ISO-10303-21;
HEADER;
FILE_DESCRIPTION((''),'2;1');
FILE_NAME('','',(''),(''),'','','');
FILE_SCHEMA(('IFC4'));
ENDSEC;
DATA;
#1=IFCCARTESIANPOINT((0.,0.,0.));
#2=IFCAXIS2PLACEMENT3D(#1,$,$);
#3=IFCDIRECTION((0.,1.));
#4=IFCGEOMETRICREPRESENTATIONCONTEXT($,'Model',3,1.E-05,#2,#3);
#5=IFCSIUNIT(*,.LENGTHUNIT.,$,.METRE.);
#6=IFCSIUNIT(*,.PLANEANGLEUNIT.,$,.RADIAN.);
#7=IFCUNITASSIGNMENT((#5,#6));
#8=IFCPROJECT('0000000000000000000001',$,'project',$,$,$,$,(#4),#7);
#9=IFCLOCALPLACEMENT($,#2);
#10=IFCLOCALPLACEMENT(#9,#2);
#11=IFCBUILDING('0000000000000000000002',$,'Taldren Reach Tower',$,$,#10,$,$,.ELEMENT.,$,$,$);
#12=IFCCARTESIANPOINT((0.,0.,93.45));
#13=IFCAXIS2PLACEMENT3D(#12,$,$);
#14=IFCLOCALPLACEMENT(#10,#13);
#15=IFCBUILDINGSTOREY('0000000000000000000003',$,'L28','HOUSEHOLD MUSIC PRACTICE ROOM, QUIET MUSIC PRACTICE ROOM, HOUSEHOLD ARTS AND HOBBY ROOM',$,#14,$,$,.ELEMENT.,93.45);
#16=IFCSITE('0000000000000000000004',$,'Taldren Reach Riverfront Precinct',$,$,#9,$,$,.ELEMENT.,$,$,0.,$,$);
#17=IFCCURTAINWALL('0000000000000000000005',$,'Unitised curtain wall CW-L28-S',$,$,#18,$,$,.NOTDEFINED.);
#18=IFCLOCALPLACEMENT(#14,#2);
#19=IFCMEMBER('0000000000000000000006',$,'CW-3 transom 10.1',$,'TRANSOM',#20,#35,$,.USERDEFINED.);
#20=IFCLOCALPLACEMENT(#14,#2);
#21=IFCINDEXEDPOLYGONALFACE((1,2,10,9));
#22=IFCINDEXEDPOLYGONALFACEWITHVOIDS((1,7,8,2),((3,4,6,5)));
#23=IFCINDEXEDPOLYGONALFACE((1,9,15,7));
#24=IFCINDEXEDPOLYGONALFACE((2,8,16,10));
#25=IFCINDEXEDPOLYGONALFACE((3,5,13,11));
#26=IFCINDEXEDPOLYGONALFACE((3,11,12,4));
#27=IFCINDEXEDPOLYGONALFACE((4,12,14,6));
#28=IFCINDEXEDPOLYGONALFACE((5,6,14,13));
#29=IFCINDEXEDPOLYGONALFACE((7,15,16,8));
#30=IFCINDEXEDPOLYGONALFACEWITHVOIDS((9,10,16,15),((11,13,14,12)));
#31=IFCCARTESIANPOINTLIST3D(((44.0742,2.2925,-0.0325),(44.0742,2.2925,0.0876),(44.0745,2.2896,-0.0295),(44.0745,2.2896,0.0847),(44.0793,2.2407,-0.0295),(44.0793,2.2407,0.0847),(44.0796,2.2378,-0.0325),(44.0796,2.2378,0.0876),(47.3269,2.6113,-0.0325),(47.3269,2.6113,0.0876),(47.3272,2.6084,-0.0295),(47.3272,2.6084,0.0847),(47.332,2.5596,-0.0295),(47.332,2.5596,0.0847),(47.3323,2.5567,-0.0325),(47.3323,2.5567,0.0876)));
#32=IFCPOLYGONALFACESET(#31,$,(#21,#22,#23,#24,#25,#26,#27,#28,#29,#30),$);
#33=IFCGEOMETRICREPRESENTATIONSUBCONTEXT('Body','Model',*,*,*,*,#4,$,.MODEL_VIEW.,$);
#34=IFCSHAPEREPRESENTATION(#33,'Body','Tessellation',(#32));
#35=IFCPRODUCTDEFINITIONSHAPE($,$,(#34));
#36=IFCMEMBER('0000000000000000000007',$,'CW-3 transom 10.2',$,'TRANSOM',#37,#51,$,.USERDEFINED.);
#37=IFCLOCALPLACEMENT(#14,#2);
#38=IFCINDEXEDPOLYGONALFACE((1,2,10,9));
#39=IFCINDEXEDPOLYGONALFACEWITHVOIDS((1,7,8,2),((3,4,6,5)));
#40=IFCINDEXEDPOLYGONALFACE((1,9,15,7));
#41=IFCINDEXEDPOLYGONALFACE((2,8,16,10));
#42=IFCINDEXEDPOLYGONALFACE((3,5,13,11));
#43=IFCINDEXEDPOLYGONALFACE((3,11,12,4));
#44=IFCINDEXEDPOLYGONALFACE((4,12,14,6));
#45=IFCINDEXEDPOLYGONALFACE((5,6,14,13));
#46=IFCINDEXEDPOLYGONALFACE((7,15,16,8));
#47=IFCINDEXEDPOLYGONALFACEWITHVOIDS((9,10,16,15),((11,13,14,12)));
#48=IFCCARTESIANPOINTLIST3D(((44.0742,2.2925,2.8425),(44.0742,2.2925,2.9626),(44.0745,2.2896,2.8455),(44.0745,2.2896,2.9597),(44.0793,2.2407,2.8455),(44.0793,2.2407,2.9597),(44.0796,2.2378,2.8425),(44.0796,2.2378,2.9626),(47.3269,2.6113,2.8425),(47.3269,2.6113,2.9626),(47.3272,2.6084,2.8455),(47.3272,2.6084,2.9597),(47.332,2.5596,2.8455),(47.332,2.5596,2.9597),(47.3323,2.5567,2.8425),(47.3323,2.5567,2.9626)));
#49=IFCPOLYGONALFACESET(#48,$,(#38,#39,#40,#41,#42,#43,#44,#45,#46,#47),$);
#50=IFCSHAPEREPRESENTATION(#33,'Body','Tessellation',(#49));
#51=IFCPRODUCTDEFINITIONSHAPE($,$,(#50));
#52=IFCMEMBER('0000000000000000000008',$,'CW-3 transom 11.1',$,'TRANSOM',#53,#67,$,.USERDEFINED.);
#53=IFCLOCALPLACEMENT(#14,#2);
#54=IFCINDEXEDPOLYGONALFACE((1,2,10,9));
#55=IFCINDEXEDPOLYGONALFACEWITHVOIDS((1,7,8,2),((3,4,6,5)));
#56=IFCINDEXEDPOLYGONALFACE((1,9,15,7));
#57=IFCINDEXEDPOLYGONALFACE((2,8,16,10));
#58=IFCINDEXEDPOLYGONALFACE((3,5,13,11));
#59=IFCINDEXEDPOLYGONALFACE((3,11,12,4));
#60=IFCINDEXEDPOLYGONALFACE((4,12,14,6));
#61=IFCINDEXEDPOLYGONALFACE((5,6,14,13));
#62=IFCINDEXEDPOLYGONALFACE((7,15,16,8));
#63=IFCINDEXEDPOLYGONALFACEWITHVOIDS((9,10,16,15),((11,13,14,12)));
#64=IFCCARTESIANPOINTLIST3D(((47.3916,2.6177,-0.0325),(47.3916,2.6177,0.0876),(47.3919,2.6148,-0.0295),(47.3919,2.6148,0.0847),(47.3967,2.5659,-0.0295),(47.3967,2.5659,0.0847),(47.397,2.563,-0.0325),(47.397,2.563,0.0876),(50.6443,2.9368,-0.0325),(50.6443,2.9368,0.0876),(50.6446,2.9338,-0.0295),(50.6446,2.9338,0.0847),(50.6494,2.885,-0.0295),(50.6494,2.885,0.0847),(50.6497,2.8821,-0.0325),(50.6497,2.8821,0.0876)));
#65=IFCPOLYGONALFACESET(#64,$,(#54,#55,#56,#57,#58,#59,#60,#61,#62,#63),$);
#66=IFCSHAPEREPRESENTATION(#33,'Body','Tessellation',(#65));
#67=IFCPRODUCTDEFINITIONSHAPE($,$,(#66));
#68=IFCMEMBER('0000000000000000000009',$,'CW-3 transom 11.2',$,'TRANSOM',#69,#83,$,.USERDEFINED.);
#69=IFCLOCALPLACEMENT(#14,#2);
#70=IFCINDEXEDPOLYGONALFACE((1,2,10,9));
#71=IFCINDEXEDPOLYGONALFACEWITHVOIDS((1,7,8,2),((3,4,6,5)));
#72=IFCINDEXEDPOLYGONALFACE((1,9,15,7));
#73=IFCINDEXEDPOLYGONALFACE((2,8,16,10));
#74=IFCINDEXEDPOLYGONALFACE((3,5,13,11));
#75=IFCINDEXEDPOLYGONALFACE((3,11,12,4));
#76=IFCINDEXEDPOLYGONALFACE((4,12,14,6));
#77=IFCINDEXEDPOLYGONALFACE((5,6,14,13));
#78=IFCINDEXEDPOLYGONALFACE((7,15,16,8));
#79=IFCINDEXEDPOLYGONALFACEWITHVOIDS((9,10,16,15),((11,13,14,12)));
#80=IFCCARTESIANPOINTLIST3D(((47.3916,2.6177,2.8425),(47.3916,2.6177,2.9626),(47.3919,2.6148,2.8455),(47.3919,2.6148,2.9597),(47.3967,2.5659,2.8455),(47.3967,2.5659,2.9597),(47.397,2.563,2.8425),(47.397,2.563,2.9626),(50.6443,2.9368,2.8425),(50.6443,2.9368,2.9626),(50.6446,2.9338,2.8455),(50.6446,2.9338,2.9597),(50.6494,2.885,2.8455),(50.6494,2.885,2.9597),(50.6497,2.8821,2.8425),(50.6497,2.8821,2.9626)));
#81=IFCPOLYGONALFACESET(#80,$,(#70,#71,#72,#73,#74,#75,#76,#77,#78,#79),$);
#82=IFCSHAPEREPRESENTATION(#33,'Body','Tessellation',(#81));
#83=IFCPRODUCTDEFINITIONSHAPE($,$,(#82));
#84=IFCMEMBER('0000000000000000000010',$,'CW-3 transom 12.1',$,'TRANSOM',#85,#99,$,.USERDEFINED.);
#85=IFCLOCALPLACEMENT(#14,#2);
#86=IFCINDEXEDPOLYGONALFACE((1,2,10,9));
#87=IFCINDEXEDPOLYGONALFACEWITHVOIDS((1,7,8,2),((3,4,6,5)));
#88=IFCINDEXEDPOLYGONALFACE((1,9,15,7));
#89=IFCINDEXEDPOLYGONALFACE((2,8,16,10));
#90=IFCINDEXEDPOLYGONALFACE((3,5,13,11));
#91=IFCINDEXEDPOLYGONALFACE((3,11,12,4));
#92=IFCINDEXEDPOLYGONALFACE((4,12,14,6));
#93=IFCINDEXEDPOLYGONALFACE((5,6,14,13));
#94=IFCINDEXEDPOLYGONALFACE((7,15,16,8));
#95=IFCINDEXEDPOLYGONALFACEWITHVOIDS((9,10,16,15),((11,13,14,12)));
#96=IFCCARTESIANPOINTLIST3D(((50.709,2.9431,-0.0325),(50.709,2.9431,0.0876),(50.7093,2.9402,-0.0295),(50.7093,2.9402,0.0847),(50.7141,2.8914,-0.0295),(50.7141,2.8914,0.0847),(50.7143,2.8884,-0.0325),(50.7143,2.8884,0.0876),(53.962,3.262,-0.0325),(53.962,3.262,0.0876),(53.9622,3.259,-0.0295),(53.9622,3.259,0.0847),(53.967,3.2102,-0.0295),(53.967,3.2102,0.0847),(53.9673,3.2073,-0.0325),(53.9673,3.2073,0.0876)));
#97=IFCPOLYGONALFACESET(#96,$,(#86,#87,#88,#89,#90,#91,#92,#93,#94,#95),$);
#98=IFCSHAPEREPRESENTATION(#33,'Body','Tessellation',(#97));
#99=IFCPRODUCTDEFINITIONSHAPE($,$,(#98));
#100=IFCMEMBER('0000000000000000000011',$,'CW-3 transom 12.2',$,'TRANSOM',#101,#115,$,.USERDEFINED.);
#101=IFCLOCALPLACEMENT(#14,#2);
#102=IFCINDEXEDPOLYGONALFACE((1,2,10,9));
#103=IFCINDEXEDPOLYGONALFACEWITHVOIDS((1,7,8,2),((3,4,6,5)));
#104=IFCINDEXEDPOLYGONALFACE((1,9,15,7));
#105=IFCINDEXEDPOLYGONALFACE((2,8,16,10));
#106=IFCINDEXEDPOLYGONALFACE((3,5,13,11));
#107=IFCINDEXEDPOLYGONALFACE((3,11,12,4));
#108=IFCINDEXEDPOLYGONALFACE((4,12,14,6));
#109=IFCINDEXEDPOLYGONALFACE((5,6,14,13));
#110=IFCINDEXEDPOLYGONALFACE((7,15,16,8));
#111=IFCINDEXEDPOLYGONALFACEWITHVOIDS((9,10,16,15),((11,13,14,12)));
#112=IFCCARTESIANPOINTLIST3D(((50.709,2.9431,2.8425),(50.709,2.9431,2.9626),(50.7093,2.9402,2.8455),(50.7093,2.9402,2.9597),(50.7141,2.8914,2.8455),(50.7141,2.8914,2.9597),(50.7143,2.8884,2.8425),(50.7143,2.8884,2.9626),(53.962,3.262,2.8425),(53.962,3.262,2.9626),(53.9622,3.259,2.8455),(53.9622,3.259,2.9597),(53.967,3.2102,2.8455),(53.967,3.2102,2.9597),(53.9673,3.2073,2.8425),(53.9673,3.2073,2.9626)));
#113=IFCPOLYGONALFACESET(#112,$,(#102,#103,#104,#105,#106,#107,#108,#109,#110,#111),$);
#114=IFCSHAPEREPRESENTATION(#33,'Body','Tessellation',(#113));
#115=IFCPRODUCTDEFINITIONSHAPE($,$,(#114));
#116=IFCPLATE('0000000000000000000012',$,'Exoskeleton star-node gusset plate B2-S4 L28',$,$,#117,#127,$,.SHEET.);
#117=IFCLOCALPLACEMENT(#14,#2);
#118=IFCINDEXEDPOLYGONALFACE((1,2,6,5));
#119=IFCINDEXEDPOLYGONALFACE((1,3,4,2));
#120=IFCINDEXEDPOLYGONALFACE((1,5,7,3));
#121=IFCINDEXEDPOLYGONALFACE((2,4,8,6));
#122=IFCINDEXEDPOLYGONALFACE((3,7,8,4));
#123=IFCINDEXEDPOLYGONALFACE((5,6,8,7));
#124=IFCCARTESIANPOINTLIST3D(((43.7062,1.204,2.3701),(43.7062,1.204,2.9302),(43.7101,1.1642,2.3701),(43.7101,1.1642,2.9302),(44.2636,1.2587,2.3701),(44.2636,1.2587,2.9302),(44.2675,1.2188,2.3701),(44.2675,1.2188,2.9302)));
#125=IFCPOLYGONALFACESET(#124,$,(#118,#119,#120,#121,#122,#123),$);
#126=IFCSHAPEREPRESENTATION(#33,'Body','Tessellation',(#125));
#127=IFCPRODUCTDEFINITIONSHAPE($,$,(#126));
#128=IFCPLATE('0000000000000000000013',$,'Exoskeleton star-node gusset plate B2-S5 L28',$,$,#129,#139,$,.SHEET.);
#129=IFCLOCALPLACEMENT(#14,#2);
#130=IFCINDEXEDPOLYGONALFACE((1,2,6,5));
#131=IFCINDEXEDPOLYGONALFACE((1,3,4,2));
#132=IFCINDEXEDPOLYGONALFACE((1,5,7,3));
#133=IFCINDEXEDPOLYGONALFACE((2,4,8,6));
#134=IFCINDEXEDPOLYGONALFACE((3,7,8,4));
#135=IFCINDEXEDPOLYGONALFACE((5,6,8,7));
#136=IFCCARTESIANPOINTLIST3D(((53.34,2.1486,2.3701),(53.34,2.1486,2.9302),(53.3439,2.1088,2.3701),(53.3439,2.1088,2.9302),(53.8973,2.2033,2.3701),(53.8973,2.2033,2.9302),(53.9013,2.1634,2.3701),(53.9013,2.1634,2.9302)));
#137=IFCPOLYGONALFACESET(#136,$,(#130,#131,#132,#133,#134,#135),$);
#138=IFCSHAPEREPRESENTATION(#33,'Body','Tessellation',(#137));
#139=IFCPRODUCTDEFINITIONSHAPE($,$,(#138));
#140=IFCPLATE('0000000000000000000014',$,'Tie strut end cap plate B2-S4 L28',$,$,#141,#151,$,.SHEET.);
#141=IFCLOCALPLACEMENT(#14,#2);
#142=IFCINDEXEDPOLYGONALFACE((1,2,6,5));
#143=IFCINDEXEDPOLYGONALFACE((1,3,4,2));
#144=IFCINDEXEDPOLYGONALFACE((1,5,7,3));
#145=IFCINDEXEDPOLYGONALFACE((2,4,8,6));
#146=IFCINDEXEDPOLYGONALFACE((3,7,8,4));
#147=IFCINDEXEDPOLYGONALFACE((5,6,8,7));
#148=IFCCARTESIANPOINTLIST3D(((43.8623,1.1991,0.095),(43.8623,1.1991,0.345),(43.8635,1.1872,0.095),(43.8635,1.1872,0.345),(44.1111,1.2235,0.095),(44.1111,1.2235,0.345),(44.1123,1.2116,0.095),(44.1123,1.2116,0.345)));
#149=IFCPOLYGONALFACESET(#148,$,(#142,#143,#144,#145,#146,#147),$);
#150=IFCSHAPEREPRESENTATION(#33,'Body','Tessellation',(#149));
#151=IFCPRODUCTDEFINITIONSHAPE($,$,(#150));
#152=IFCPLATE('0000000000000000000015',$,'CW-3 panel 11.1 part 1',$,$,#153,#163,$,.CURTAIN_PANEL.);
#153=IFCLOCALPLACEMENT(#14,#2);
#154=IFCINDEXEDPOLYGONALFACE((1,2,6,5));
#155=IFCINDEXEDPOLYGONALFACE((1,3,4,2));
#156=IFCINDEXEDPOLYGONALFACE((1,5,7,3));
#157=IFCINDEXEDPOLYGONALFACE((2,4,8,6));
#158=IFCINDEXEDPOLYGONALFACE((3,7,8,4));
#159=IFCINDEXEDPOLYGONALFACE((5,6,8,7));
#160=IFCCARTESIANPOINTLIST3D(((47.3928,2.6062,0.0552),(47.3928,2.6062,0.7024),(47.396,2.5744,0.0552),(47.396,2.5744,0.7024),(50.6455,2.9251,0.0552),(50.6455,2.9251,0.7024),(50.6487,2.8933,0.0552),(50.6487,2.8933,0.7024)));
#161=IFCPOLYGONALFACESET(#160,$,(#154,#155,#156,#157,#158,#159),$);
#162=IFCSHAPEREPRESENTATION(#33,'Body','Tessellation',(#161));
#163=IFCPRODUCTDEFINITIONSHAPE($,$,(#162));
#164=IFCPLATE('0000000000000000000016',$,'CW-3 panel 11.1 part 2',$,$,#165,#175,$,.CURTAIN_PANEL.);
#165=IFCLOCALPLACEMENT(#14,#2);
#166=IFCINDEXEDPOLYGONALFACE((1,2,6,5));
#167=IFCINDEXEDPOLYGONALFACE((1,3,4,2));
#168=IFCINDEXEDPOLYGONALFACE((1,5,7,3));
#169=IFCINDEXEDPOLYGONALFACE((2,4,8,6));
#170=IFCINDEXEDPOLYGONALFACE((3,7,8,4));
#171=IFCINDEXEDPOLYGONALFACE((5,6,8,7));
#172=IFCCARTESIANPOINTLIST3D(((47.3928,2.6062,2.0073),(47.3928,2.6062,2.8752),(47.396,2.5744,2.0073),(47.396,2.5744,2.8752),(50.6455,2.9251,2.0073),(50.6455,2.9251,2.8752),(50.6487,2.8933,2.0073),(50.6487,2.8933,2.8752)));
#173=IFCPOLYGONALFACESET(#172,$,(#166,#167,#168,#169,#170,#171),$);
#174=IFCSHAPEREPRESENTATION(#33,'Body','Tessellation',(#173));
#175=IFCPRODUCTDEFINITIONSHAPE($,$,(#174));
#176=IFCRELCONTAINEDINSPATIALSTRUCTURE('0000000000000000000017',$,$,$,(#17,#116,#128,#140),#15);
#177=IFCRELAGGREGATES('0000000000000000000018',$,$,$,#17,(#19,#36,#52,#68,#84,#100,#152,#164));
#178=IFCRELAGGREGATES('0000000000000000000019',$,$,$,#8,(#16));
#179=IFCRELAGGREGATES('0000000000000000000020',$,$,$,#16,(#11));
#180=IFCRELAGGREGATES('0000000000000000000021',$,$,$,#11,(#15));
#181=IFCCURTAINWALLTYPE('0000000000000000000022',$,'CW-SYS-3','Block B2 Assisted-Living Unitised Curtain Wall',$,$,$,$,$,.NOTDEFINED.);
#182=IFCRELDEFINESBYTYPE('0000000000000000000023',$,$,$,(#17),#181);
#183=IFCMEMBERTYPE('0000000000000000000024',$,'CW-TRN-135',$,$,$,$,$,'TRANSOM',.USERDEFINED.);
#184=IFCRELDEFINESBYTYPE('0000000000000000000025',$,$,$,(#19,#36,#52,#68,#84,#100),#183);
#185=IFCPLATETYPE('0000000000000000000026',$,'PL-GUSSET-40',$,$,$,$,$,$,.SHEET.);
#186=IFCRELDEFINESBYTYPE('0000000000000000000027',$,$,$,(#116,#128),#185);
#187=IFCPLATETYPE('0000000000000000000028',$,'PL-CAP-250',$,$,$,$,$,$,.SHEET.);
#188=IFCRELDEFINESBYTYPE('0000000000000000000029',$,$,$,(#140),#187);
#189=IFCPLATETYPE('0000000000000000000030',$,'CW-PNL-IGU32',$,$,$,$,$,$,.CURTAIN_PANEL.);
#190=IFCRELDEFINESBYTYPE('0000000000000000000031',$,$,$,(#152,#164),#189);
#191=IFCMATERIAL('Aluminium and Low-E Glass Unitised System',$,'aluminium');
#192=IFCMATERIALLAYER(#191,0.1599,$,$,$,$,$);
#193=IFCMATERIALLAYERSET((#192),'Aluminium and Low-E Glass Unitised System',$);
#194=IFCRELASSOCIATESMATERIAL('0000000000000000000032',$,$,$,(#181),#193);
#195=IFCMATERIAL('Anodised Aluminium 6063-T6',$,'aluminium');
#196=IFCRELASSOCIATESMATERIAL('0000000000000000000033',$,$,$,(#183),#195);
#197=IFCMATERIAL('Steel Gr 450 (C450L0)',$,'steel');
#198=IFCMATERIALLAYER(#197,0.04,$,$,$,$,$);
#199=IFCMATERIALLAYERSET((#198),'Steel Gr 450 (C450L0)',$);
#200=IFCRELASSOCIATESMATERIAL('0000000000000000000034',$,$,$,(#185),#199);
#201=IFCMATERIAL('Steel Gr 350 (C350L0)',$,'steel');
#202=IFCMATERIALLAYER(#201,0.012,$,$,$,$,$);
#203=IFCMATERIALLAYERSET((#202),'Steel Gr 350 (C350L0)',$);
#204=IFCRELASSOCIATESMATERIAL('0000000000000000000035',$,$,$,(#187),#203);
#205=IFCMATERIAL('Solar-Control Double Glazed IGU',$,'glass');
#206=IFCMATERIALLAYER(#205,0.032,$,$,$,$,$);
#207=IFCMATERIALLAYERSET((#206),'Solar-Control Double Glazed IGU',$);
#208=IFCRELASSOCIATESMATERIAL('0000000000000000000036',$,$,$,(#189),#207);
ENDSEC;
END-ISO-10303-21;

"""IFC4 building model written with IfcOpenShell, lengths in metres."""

from ifc_helpers import new_model, si_unit, direction, frame, origin, origin_2d, place, context, subcontext, project, spatial, rectangle, hollow_rectangle, extrude, source, transform, mapped, material, layer, layer_set, material_profile, profile_set, type_object, element, aggregate, save


model = new_model("IFC4")

# Units and contexts
model_context = context("Model", 3, precision=1e-05, world=origin(), true_north=direction((0.0, 1.0)))
body_context = subcontext(model_context, "Body", "Model", "MODEL_VIEW")
ifc_project = project(units=[si_unit("LENGTHUNIT", "METRE"), si_unit("PLANEANGLEUNIT", "RADIAN")], contexts=[model_context])

# Site, building, storey
site_placement = place(None, origin())
site = spatial("IfcSite", under=ifc_project, at=site_placement, Name="Taldren Reach Riverfront Precinct", CompositionType="ELEMENT", RefElevation=0.0)
building_placement = place(site_placement, origin())
building = spatial("IfcBuilding", under=site, at=building_placement, Name="Taldren Reach Tower", CompositionType="ELEMENT")
storey_placement = place(building_placement, frame((0.0, 0.0, 93.45)))
storey = spatial("IfcBuildingStorey", under=building, at=storey_placement, Name="L28", Description="HOUSEHOLD MUSIC PRACTICE ROOM, QUIET MUSIC PRACTICE ROOM, HOUSEHOLD ARTS AND HOBBY ROOM", CompositionType="ELEMENT", Elevation=93.45)

# Shared definitions
ifc_material_1 = material(Name="Steel Gr 450 (C450L0)", Category="steel")
ifc_material_2 = material(Name="Steel Gr 350 (C350L0)", Category="steel")

# Curtain wall, members
ifc_material_3 = material(Name="Aluminium and Low-E Glass Unitised System", Category="aluminium")
ifc_layer_1 = layer(ifc_material_3, 0.1599)
ifc_layer_set_1 = layer_set([ifc_layer_1], Name="Aluminium and Low-E Glass Unitised System")
curtain_wall_type = type_object("IfcCurtainWallType", Name="CW-SYS-3", Description="Block B2 Assisted-Living Unitised Curtain Wall", PredefinedType="NOTDEFINED", material=ifc_layer_set_1)
curtain_wall_placement = place(storey_placement, origin())
curtain_wall = element("IfcCurtainWall", 1, at=curtain_wall_placement, inside=storey, type_object=curtain_wall_type, Name="Unitised curtain wall CW-L28-S", PredefinedType="NOTDEFINED")
ifc_material_4 = material(Name="Anodised Aluminium 6063-T6", Category="aluminium")
ifc_material_profile_1 = material_profile(ifc_material_4, hollow_rectangle(XDim=0.0549, YDim=0.1201, WallThickness=0.0029, at=origin_2d()), Name="ALU-120x55x3RHS")
ifc_profile_set_1 = profile_set([ifc_material_profile_1], Name="Anodised Aluminium 6063-T6")
member_type_1 = type_object("IfcMemberType", Name="CW-TRN-135", ElementType="TRANSOM", PredefinedType="USERDEFINED", material=ifc_profile_set_1)
shared_shape_1 = source(origin(), body_context, "Body", "SweptSolid", [
    extrude(hollow_rectangle(XDim=0.0549, YDim=0.1201, WallThickness=0.0029, at=origin_2d()), origin(), (0.0, 0.0, 1.0), 3.2683),
])
member_1_placement = place(storey_placement, frame((44.0769, 2.2651, 0.0276), z_axis=(0.99523, 0.097558, 0.0), x_axis=(-0.097558, 0.99523, 0.0)))
member_1 = element("IfcMember", 2, at=member_1_placement, type_object=member_type_1, Name="CW-3 transom 10.1", ObjectType="TRANSOM", PredefinedType="USERDEFINED", context=body_context, shape_type="MappedRepresentation", body=[
    mapped(shared_shape_1, transform((0.0, 0.0, 0.0), scale=1.0)),
])
member_2_placement = place(storey_placement, frame((44.0769, 2.2651, 2.9026), z_axis=(0.99523, 0.097558, 0.0), x_axis=(-0.097558, 0.99523, 0.0)))
member_2 = element("IfcMember", 3, at=member_2_placement, type_object=member_type_1, Name="CW-3 transom 10.2", ObjectType="TRANSOM", PredefinedType="USERDEFINED", context=body_context, shape_type="MappedRepresentation", body=[
    mapped(shared_shape_1, transform((0.0, 0.0, 0.0), scale=1.0)),
])
member_3_placement = place(storey_placement, frame((47.3943, 2.5903, 0.0276), z_axis=(0.995223, 0.097632, 0.0), x_axis=(-0.097632, 0.995223, 0.0)))
member_3 = element("IfcMember", 4, at=member_3_placement, type_object=member_type_1, Name="CW-3 transom 11.1", ObjectType="TRANSOM", PredefinedType="USERDEFINED", context=body_context, shape_type="MappedRepresentation", body=[
    mapped(shared_shape_1, transform((0.0, 0.0, 0.0), scale=1.0)),
])
member_4_placement = place(storey_placement, frame((47.3943, 2.5903, 2.9026), z_axis=(0.995223, 0.097632, 0.0), x_axis=(-0.097632, 0.995223, 0.0)))
member_4 = element("IfcMember", 5, at=member_4_placement, type_object=member_type_1, Name="CW-3 transom 11.2", ObjectType="TRANSOM", PredefinedType="USERDEFINED", context=body_context, shape_type="MappedRepresentation", body=[
    mapped(shared_shape_1, transform((0.0, 0.0, 0.0), scale=1.0)),
])
shared_shape_2 = source(origin(), body_context, "Body", "SweptSolid", [
    extrude(hollow_rectangle(XDim=0.0549, YDim=0.1201, WallThickness=0.0029, at=origin_2d()), origin(), (0.0, 0.0, 1.0), 3.2686),
])
member_5_placement = place(storey_placement, frame((50.7117, 2.9158, 0.0276), z_axis=(0.995231, 0.097551, 0.0), x_axis=(-0.097551, 0.995231, 0.0)))
member_5 = element("IfcMember", 6, at=member_5_placement, type_object=member_type_1, Name="CW-3 transom 12.1", ObjectType="TRANSOM", PredefinedType="USERDEFINED", context=body_context, shape_type="MappedRepresentation", body=[
    mapped(shared_shape_2, transform((0.0, 0.0, 0.0), scale=1.0)),
])
member_6_placement = place(storey_placement, frame((50.7117, 2.9158, 2.9026), z_axis=(0.995231, 0.097551, 0.0), x_axis=(-0.097551, 0.995231, 0.0)))
member_6 = element("IfcMember", 7, at=member_6_placement, type_object=member_type_1, Name="CW-3 transom 12.2", ObjectType="TRANSOM", PredefinedType="USERDEFINED", context=body_context, shape_type="MappedRepresentation", body=[
    mapped(shared_shape_2, transform((0.0, 0.0, 0.0), scale=1.0)),
])

# Plates
ifc_layer_2 = layer(ifc_material_1, 0.04)
ifc_layer_set_2 = layer_set([ifc_layer_2], Name="Steel Gr 450 (C450L0)")
plate_type_1 = type_object("IfcPlateType", Name="PL-GUSSET-40", PredefinedType="SHEET", material=ifc_layer_set_2)
shared_shape_3 = source(origin(), body_context, "Body", "SweptSolid", [
    extrude(rectangle(XDim=0.5601, YDim=0.04, at=origin_2d()), origin(), (0.0, 0.0, 1.0), 0.5601),
])
for number, where, z_axis, x_axis, name in (
    (8, (43.9868, 1.2114, 2.3701), (0.0, 0.0, 1.0), (0.995227, 0.097583, 0.0), "Exoskeleton star-node gusset plate B2-S4 L28"),
    (9, (53.6206, 2.156, 2.3701), (0.0, 0.0, 1.0), (0.995227, 0.097583, 0.0), "Exoskeleton star-node gusset plate B2-S5 L28"),
):
    element("IfcPlate", number, at=place(storey_placement, frame(where, z_axis=z_axis, x_axis=x_axis)), inside=storey, type_object=plate_type_1, Name=name, PredefinedType="SHEET", context=body_context, shape_type="MappedRepresentation", body=[
        mapped(shared_shape_3, transform((0.0, 0.0, 0.0), scale=1.0)),
    ])
ifc_layer_3 = layer(ifc_material_2, 0.012)
ifc_layer_set_3 = layer_set([ifc_layer_3], Name="Steel Gr 350 (C350L0)")
plate_type_2 = type_object("IfcPlateType", Name="PL-CAP-250", PredefinedType="SHEET", material=ifc_layer_set_3)
shared_shape_4 = source(origin(), body_context, "Body", "SweptSolid", [
    extrude(rectangle(XDim=0.25, YDim=0.012, at=origin_2d()), origin(), (0.0, 0.0, 1.0), 0.25),
])
plate_1_placement = place(storey_placement, frame((43.9873, 1.2053, 0.095), z_axis=(0.0, 0.0, 1.0), x_axis=(0.995227, 0.097583, 0.0)))
element("IfcPlate", 10, at=plate_1_placement, inside=storey, type_object=plate_type_2, Name="Tie strut end cap plate B2-S4 L28", PredefinedType="SHEET", context=body_context, shape_type="MappedRepresentation", body=[
    mapped(shared_shape_4, transform((0.0, 0.0, 0.0), scale=1.0)),
])

# Plates
ifc_material_5 = material(Name="Solar-Control Double Glazed IGU", Category="glass")
ifc_layer_4 = layer(ifc_material_5, 0.032)
ifc_layer_set_4 = layer_set([ifc_layer_4], Name="Solar-Control Double Glazed IGU")
plate_type_3 = type_object("IfcPlateType", Name="CW-PNL-IGU32", PredefinedType="CURTAIN_PANEL", material=ifc_layer_set_4)
shared_shape_5 = source(origin(), body_context, "Body", "SweptSolid", [
    extrude(rectangle(XDim=3.2683, YDim=0.032, at=origin_2d()), origin(), (0.0, 0.0, 1.0), 0.6472),
])
plate_2_placement = place(storey_placement, frame((49.0208, 2.7498, 0.0552), z_axis=(0.0, 0.0, 1.0), x_axis=(0.995227, 0.097583, 0.0)))
plate_2 = element("IfcPlate", 11, at=plate_2_placement, type_object=plate_type_3, Name="CW-3 panel 11.1 part 1", PredefinedType="CURTAIN_PANEL", context=body_context, shape_type="MappedRepresentation", body=[
    mapped(shared_shape_5, transform((0.0, 0.0, 0.0), scale=1.0)),
])
shared_shape_6 = source(origin(), body_context, "Body", "SweptSolid", [
    extrude(rectangle(XDim=3.2683, YDim=0.032, at=origin_2d()), origin(), (0.0, 0.0, 1.0), 0.8679),
])
plate_3_placement = place(storey_placement, frame((49.0208, 2.7498, 2.0073), z_axis=(0.0, 0.0, 1.0), x_axis=(0.995227, 0.097583, 0.0)))
plate_3 = element("IfcPlate", 12, at=plate_3_placement, type_object=plate_type_3, Name="CW-3 panel 11.1 part 2", PredefinedType="CURTAIN_PANEL", context=body_context, shape_type="MappedRepresentation", body=[
    mapped(shared_shape_6, transform((0.0, 0.0, 0.0), scale=1.0)),
])
aggregate(curtain_wall, [member_1, member_2, member_3, member_4, member_5, member_6, plate_2, plate_3])

save(model, "model.ifc")
